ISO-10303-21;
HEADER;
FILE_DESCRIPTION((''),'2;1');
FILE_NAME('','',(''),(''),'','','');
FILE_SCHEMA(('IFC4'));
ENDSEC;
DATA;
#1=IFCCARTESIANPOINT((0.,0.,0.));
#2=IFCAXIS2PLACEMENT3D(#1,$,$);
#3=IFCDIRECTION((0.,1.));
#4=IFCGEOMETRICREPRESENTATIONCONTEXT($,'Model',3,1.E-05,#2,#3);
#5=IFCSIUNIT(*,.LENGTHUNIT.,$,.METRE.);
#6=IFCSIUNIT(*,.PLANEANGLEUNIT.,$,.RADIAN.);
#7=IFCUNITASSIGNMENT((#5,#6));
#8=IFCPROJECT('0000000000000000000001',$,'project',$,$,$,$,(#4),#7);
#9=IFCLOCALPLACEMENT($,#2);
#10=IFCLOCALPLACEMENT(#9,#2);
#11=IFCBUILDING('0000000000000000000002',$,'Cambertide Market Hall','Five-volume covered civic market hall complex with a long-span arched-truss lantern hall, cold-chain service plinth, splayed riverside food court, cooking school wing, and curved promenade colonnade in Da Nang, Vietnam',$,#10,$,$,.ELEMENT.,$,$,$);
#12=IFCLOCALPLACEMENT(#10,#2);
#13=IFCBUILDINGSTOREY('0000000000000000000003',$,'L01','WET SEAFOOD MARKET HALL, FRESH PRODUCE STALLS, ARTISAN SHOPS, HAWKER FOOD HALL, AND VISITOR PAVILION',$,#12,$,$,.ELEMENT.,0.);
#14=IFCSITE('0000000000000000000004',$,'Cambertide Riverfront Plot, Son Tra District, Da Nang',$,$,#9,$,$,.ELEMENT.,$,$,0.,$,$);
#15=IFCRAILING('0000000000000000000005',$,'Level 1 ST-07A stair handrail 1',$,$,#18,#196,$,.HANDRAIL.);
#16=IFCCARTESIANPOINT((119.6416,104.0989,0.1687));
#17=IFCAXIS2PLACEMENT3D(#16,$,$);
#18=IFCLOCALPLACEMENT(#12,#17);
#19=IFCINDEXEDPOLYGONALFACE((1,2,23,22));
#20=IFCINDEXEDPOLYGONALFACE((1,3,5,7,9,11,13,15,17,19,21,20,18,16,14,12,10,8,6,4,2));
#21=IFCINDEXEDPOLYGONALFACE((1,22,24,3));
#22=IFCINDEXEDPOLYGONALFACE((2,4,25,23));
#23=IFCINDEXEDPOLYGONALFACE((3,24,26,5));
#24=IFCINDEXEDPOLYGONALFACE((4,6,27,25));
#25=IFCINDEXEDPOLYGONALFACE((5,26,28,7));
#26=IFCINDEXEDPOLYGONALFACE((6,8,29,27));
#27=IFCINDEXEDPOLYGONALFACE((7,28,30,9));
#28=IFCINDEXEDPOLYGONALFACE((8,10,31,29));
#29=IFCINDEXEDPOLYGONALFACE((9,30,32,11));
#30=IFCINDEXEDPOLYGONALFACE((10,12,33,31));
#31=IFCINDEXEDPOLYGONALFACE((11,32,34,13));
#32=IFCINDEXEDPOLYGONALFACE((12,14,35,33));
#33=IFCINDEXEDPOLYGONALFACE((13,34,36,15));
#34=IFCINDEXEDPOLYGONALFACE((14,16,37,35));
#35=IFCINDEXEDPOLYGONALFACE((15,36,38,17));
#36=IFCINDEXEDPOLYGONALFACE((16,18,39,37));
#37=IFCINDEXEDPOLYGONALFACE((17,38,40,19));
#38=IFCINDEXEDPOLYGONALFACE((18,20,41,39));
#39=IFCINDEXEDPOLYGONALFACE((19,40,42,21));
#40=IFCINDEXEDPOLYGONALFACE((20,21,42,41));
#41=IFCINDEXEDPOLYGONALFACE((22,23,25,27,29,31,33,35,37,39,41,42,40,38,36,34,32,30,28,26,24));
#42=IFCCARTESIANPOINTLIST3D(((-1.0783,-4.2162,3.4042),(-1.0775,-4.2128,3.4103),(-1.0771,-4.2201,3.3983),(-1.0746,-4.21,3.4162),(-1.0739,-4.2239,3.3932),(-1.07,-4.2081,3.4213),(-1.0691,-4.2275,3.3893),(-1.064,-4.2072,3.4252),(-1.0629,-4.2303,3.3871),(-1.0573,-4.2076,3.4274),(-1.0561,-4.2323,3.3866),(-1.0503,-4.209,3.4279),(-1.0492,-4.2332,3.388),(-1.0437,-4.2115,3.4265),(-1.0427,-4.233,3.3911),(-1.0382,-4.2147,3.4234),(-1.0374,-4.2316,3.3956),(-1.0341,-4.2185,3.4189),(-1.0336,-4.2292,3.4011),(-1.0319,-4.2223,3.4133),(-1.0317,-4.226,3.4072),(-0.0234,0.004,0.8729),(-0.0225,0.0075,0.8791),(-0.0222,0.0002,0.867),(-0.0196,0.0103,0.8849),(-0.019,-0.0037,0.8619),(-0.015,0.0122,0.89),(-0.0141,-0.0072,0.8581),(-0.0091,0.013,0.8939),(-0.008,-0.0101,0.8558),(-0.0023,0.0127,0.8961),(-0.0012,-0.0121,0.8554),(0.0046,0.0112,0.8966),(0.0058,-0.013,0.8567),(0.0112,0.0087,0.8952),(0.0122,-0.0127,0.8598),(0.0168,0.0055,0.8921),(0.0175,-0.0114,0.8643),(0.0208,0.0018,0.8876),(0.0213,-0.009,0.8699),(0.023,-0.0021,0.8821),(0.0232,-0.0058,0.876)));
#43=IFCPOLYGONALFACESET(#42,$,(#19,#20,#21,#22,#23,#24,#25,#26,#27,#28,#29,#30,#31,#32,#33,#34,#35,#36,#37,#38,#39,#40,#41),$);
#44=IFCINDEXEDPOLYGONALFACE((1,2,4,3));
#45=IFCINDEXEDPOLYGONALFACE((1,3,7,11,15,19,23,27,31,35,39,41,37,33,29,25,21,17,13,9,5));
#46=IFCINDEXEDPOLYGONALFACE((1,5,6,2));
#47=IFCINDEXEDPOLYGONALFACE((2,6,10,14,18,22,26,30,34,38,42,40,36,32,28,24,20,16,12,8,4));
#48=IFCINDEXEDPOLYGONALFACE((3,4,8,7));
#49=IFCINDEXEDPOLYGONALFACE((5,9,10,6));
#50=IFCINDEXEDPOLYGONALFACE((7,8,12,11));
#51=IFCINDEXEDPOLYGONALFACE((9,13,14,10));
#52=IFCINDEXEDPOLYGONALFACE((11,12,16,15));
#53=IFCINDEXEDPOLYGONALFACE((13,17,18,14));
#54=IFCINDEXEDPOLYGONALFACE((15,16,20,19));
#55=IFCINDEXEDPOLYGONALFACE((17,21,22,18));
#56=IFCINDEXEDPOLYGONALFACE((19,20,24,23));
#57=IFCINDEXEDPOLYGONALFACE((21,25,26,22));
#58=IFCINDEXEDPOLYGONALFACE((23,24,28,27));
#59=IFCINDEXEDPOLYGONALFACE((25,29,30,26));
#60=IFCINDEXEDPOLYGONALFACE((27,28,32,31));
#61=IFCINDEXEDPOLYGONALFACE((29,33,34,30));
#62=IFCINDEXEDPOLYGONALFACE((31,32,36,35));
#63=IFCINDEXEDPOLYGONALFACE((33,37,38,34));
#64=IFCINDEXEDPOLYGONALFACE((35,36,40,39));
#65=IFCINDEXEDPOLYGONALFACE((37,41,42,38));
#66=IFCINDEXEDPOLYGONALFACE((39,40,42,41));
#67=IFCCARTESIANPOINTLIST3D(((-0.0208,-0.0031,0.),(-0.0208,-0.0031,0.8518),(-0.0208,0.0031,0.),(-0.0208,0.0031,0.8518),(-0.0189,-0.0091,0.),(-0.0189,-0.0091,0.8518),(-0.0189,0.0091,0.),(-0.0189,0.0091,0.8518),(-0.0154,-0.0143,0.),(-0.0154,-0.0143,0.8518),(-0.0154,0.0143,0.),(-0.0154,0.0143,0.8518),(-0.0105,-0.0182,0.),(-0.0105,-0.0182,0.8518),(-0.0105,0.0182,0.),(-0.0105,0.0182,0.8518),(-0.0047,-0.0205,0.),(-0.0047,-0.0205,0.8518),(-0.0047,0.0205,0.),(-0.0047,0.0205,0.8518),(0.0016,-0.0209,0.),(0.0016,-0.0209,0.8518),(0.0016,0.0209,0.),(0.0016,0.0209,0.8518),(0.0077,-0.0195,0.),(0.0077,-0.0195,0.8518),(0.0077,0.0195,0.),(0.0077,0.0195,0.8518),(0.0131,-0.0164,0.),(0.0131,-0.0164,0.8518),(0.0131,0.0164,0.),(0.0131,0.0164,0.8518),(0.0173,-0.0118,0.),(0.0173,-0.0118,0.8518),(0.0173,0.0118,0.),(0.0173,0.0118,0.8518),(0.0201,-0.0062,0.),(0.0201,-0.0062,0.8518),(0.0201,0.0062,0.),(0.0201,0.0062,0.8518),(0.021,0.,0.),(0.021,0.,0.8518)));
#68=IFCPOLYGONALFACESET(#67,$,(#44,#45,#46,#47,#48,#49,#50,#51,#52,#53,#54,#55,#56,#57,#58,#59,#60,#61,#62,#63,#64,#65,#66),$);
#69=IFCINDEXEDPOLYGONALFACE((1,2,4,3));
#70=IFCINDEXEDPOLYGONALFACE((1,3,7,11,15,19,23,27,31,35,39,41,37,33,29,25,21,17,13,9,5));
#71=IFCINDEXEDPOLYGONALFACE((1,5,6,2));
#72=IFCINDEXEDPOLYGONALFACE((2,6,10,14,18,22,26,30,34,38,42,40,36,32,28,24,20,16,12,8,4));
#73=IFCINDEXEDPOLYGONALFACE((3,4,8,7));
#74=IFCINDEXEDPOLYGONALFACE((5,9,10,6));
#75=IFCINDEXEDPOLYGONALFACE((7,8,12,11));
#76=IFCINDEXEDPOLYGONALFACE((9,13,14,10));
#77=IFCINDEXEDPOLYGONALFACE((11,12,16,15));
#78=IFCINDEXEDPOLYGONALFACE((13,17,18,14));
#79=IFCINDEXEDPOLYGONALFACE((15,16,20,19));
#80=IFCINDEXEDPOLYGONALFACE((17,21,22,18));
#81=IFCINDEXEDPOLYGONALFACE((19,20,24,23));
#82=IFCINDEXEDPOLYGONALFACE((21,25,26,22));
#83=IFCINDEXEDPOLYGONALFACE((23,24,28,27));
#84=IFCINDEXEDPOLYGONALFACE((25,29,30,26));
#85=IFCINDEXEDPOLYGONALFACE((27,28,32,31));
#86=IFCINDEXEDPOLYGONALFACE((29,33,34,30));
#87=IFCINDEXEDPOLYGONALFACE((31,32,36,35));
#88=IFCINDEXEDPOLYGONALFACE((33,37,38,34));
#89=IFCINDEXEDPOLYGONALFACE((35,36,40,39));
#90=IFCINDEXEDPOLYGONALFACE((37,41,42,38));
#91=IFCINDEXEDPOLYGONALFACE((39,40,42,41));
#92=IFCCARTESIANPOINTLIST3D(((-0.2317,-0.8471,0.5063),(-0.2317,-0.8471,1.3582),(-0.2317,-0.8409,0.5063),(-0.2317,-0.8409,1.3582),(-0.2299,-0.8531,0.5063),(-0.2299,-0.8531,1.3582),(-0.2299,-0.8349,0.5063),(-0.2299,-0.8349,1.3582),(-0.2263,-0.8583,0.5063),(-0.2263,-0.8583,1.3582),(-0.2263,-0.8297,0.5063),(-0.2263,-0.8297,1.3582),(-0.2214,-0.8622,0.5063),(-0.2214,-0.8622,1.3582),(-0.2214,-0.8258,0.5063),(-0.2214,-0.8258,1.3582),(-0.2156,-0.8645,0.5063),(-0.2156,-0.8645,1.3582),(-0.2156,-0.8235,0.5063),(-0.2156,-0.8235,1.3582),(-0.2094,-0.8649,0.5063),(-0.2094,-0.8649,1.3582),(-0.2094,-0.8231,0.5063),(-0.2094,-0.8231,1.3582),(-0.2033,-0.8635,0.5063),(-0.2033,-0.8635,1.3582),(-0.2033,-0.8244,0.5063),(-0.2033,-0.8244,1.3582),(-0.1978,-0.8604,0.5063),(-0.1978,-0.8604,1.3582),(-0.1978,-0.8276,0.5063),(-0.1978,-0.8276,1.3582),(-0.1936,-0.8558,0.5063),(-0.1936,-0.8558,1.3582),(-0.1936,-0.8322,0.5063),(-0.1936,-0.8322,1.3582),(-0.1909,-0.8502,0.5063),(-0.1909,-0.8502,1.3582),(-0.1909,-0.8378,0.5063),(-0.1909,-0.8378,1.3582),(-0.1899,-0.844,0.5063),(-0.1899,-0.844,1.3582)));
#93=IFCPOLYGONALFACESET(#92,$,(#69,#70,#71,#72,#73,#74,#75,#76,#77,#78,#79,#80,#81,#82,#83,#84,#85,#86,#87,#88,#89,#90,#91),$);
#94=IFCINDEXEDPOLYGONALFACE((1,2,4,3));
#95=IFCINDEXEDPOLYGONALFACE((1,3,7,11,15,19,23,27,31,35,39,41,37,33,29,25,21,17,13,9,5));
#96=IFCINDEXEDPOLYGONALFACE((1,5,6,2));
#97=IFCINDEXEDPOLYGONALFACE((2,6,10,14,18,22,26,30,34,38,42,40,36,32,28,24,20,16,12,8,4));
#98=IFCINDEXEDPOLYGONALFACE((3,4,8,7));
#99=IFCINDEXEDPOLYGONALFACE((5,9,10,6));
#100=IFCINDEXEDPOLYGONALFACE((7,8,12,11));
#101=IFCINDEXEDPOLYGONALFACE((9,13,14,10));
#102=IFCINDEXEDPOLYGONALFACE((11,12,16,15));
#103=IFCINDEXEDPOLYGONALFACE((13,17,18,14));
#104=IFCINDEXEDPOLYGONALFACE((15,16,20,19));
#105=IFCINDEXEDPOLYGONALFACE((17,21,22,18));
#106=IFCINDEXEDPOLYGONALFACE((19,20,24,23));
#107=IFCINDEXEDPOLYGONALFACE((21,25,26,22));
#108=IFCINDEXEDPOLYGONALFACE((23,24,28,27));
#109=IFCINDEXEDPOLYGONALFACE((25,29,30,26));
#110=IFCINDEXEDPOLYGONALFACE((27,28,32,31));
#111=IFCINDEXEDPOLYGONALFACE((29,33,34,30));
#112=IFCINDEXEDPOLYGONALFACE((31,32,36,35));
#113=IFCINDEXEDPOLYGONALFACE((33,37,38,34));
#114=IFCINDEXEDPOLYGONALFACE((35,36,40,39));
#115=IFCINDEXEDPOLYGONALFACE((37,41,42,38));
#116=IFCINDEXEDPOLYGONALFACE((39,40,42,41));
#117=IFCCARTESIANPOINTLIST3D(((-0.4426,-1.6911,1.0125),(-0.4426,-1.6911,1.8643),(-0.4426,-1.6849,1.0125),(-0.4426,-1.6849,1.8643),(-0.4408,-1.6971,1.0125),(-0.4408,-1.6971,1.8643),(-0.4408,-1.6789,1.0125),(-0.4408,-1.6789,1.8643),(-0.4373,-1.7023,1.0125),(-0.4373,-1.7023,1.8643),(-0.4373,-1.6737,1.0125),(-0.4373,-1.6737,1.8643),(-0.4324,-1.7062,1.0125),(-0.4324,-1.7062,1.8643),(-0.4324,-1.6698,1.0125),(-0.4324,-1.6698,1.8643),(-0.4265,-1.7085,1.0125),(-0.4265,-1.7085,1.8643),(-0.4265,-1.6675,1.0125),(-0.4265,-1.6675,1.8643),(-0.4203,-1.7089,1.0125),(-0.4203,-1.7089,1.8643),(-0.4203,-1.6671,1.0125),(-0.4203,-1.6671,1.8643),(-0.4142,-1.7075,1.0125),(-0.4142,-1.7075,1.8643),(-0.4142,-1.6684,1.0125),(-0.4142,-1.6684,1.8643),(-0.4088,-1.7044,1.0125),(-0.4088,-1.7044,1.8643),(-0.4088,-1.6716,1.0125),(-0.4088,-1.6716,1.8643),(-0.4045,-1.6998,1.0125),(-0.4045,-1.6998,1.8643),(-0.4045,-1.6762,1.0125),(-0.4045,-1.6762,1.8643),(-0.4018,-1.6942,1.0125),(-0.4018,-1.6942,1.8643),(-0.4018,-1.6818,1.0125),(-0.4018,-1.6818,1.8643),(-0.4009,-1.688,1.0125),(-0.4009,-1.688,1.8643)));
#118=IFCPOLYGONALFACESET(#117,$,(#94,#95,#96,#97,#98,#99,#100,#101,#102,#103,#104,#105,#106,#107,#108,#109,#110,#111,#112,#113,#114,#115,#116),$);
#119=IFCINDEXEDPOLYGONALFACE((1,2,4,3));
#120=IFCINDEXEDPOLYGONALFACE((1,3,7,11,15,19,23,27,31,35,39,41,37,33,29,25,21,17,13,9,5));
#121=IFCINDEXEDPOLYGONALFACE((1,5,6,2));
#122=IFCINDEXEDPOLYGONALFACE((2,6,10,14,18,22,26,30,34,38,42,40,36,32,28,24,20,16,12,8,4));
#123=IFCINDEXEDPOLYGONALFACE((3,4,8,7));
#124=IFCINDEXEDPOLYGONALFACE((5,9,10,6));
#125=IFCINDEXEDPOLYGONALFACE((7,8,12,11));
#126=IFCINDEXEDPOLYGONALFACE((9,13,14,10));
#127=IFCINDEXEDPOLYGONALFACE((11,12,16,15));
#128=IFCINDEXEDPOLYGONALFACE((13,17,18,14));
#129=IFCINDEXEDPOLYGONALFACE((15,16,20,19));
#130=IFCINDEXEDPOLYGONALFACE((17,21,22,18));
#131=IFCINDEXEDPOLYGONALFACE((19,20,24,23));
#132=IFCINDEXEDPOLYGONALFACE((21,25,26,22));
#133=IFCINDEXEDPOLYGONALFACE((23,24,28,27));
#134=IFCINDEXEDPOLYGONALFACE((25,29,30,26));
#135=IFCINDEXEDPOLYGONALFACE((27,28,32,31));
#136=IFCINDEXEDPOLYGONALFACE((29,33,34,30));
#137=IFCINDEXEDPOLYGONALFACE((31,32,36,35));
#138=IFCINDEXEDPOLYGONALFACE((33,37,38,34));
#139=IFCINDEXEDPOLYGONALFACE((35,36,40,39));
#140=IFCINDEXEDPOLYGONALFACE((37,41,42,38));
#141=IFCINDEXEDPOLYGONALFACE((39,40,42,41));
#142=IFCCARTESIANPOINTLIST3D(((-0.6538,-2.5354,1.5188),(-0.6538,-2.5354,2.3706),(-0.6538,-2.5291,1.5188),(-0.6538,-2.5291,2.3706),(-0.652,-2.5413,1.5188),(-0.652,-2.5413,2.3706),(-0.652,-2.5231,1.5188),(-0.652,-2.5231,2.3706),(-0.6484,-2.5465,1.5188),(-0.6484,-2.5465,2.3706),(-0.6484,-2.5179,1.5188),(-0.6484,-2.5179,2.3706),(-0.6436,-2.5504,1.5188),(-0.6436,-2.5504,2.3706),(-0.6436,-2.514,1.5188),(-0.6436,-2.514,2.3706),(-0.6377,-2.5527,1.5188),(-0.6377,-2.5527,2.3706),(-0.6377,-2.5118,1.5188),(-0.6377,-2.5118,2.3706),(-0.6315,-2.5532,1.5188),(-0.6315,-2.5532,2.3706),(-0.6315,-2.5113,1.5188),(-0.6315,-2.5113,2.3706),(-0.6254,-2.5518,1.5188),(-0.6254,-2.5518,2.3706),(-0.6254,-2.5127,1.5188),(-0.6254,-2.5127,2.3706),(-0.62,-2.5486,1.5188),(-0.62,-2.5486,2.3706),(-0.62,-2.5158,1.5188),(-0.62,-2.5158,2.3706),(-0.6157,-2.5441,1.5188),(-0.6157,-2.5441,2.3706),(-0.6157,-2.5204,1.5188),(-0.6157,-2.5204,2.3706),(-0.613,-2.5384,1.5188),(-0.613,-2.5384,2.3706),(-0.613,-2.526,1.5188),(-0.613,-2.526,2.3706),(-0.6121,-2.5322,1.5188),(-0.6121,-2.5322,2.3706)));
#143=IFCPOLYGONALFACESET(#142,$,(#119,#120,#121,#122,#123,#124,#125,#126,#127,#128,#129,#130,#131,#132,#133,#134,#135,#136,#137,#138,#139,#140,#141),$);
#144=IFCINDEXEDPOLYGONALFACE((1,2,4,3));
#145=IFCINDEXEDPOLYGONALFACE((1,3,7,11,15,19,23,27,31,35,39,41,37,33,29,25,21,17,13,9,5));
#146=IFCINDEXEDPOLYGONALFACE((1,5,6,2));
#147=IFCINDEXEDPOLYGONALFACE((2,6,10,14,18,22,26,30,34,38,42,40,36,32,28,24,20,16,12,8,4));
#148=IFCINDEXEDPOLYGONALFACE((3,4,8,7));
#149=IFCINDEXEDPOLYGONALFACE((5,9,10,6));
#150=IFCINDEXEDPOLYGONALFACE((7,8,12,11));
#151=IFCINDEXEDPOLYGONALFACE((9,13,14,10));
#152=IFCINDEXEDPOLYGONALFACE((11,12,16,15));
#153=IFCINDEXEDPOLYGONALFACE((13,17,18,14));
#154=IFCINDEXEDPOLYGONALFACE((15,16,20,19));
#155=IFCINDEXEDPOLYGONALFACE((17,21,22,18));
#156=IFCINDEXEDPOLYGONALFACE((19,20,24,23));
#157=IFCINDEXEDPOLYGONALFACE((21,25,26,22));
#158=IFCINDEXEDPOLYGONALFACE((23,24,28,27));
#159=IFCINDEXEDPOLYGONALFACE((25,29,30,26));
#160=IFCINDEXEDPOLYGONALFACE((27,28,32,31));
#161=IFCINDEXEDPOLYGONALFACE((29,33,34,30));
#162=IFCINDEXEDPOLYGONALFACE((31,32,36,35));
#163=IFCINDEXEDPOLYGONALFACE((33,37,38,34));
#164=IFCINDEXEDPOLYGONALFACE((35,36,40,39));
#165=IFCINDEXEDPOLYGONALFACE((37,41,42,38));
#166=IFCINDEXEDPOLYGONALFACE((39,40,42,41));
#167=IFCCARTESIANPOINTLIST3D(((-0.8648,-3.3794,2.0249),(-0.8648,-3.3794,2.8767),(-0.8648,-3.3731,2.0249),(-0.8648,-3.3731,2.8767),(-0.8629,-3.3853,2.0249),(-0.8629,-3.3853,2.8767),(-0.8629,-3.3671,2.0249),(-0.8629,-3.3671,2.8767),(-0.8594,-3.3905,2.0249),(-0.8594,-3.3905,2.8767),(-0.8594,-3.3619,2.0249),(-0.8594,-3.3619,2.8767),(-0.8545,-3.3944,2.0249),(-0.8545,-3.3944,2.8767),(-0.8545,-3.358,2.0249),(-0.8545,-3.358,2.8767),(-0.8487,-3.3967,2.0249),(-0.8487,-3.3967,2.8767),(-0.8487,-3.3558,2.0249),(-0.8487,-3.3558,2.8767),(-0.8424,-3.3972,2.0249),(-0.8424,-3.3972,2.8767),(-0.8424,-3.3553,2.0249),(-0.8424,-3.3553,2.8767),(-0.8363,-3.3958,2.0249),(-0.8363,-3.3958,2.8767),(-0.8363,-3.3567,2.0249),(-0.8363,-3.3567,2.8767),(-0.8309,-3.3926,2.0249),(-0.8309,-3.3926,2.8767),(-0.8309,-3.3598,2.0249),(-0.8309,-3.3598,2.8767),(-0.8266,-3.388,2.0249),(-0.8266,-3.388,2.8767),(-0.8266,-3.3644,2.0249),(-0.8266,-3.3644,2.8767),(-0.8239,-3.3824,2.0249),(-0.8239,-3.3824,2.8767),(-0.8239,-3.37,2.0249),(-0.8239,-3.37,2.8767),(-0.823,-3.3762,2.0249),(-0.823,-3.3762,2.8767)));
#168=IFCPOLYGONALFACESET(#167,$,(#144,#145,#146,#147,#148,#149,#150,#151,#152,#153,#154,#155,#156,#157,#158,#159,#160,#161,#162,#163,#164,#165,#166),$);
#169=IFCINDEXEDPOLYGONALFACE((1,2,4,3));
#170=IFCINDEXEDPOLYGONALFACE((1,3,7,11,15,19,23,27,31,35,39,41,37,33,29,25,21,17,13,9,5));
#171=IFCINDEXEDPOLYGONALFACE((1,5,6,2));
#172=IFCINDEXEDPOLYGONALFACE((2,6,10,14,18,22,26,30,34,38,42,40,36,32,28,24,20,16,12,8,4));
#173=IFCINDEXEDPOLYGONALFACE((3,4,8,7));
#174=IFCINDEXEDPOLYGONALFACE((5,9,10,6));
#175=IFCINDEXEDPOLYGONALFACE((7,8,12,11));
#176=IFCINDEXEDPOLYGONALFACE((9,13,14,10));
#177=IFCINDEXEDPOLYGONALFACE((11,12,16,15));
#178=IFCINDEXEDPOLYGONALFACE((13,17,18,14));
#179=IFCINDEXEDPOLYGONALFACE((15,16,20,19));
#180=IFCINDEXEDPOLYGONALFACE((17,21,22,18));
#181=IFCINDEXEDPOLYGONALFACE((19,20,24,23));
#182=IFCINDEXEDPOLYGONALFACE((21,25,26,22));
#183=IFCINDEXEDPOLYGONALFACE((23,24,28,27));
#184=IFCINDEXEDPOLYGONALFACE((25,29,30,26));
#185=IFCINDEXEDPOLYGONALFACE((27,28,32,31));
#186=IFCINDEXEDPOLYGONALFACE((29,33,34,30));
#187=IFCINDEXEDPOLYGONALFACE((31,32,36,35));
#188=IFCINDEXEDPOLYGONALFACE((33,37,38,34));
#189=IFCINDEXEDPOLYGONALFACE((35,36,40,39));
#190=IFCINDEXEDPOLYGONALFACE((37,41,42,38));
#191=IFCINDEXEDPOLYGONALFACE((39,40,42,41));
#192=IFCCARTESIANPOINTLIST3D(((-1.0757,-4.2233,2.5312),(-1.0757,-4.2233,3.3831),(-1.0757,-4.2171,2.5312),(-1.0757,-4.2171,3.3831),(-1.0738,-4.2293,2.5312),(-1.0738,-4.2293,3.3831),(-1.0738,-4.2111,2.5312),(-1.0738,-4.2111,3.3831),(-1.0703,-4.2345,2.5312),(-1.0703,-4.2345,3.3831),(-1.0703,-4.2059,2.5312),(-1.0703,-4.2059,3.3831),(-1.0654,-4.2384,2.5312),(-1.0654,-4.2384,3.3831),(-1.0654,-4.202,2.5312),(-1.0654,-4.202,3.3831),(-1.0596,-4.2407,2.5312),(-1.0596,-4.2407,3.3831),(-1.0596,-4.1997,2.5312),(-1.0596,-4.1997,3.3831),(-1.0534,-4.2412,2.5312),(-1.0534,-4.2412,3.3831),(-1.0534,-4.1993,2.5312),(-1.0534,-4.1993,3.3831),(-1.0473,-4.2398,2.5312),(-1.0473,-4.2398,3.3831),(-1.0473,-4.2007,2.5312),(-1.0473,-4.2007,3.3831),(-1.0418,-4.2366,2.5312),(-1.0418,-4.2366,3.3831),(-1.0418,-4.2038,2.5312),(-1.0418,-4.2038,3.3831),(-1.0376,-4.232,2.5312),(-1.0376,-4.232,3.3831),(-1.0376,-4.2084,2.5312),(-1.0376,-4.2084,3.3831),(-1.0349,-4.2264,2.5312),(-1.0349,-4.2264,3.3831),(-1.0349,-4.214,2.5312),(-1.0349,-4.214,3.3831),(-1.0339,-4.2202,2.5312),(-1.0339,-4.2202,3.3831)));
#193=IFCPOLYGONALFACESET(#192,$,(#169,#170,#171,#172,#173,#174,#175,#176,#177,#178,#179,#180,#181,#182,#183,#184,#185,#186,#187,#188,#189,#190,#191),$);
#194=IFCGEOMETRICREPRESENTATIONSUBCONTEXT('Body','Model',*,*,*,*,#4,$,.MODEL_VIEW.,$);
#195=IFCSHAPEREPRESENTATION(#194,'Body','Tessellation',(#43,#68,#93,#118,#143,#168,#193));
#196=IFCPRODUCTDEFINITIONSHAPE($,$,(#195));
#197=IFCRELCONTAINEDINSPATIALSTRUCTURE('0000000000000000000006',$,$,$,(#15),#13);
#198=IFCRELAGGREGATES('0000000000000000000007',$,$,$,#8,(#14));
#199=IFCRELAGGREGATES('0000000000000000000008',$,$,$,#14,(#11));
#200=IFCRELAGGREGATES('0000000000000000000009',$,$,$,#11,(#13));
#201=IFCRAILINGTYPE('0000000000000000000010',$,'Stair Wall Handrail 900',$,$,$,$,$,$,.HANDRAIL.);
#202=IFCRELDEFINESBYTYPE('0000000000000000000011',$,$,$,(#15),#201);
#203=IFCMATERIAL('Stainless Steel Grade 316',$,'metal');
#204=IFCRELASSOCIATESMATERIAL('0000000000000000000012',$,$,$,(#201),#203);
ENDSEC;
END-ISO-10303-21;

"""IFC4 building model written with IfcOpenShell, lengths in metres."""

from ifc_helpers import new_model, si_unit, direction, frame, origin, origin_2d, place, context, subcontext, project, spatial, circle, extrude, material, type_object, element, save


model = new_model("IFC4")

# Units and contexts
model_context = context("Model", 3, precision=1e-05, world=origin(), true_north=direction((0.0, 1.0)))
body_context = subcontext(model_context, "Body", "Model", "MODEL_VIEW")
ifc_project = project(units=[si_unit("LENGTHUNIT", "METRE"), si_unit("PLANEANGLEUNIT", "RADIAN")], contexts=[model_context])

# Site, building, storey
site_placement = place(None, origin())
site = spatial("IfcSite", under=ifc_project, at=site_placement, Name="Cambertide Riverfront Plot, Son Tra District, Da Nang", CompositionType="ELEMENT", RefElevation=0.0)
building_placement = place(site_placement, origin())
building = spatial("IfcBuilding", under=site, at=building_placement, Name="Cambertide Market Hall", Description="Five-volume covered civic market hall complex with a long-span arched-truss lantern hall, cold-chain service plinth, splayed riverside food court, cooking school wing, and curved promenade colonnade in Da Nang, Vietnam", CompositionType="ELEMENT")
storey_placement = place(building_placement, origin())
storey = spatial("IfcBuildingStorey", under=building, at=storey_placement, Name="L01", Description="WET SEAFOOD MARKET HALL, FRESH PRODUCE STALLS, ARTISAN SHOPS, HAWKER FOOD HALL, AND VISITOR PAVILION", CompositionType="ELEMENT", Elevation=0.0)

# Railing
ifc_material_1 = material(Name="Stainless Steel Grade 316", Category="metal")
railing_type_1 = type_object("IfcRailingType", Name="Stair Wall Handrail 900", PredefinedType="HANDRAIL", material=ifc_material_1)
railing_1_placement = place(storey_placement, frame((119.6416, 104.0989, 0.1687)))
element("IfcRailing", 1, at=railing_1_placement, inside=storey, type_object=railing_type_1, Name="Level 1 ST-07A stair handrail 1", PredefinedType="HANDRAIL", context=body_context, shape_type="SweptSolid", body=[
    extrude(circle(Radius=0.0239, at=origin_2d()), frame((0.0, 0.0, 0.876), z_axis=(-0.209606, -0.838522, 0.502938), x_axis=(0.970149, -0.242509, 0.0)), (0.0, 0.0, 1.0), 5.033),
    extrude(circle(Radius=0.021, at=origin_2d()), origin(), (0.0, 0.0, 1.0), 0.8518),
    extrude(circle(Radius=0.021, at=origin_2d()), frame((-0.2109, -0.844, 0.5063)), (0.0, 0.0, 1.0), 0.8518),
    extrude(circle(Radius=0.021, at=origin_2d()), frame((-0.4219, -1.688, 1.0125)), (0.0, 0.0, 1.0), 0.8518),
    extrude(circle(Radius=0.021, at=origin_2d()), frame((-0.6331, -2.5322, 1.5188)), (0.0, 0.0, 1.0), 0.8518),
    extrude(circle(Radius=0.021, at=origin_2d()), frame((-0.844, -3.3762, 2.0249)), (0.0, 0.0, 1.0), 0.8518),
    extrude(circle(Radius=0.021, at=origin_2d()), frame((-1.0549, -4.2202, 2.5312)), (0.0, 0.0, 1.0), 0.8518),
])

save(model, "model.ifc")
